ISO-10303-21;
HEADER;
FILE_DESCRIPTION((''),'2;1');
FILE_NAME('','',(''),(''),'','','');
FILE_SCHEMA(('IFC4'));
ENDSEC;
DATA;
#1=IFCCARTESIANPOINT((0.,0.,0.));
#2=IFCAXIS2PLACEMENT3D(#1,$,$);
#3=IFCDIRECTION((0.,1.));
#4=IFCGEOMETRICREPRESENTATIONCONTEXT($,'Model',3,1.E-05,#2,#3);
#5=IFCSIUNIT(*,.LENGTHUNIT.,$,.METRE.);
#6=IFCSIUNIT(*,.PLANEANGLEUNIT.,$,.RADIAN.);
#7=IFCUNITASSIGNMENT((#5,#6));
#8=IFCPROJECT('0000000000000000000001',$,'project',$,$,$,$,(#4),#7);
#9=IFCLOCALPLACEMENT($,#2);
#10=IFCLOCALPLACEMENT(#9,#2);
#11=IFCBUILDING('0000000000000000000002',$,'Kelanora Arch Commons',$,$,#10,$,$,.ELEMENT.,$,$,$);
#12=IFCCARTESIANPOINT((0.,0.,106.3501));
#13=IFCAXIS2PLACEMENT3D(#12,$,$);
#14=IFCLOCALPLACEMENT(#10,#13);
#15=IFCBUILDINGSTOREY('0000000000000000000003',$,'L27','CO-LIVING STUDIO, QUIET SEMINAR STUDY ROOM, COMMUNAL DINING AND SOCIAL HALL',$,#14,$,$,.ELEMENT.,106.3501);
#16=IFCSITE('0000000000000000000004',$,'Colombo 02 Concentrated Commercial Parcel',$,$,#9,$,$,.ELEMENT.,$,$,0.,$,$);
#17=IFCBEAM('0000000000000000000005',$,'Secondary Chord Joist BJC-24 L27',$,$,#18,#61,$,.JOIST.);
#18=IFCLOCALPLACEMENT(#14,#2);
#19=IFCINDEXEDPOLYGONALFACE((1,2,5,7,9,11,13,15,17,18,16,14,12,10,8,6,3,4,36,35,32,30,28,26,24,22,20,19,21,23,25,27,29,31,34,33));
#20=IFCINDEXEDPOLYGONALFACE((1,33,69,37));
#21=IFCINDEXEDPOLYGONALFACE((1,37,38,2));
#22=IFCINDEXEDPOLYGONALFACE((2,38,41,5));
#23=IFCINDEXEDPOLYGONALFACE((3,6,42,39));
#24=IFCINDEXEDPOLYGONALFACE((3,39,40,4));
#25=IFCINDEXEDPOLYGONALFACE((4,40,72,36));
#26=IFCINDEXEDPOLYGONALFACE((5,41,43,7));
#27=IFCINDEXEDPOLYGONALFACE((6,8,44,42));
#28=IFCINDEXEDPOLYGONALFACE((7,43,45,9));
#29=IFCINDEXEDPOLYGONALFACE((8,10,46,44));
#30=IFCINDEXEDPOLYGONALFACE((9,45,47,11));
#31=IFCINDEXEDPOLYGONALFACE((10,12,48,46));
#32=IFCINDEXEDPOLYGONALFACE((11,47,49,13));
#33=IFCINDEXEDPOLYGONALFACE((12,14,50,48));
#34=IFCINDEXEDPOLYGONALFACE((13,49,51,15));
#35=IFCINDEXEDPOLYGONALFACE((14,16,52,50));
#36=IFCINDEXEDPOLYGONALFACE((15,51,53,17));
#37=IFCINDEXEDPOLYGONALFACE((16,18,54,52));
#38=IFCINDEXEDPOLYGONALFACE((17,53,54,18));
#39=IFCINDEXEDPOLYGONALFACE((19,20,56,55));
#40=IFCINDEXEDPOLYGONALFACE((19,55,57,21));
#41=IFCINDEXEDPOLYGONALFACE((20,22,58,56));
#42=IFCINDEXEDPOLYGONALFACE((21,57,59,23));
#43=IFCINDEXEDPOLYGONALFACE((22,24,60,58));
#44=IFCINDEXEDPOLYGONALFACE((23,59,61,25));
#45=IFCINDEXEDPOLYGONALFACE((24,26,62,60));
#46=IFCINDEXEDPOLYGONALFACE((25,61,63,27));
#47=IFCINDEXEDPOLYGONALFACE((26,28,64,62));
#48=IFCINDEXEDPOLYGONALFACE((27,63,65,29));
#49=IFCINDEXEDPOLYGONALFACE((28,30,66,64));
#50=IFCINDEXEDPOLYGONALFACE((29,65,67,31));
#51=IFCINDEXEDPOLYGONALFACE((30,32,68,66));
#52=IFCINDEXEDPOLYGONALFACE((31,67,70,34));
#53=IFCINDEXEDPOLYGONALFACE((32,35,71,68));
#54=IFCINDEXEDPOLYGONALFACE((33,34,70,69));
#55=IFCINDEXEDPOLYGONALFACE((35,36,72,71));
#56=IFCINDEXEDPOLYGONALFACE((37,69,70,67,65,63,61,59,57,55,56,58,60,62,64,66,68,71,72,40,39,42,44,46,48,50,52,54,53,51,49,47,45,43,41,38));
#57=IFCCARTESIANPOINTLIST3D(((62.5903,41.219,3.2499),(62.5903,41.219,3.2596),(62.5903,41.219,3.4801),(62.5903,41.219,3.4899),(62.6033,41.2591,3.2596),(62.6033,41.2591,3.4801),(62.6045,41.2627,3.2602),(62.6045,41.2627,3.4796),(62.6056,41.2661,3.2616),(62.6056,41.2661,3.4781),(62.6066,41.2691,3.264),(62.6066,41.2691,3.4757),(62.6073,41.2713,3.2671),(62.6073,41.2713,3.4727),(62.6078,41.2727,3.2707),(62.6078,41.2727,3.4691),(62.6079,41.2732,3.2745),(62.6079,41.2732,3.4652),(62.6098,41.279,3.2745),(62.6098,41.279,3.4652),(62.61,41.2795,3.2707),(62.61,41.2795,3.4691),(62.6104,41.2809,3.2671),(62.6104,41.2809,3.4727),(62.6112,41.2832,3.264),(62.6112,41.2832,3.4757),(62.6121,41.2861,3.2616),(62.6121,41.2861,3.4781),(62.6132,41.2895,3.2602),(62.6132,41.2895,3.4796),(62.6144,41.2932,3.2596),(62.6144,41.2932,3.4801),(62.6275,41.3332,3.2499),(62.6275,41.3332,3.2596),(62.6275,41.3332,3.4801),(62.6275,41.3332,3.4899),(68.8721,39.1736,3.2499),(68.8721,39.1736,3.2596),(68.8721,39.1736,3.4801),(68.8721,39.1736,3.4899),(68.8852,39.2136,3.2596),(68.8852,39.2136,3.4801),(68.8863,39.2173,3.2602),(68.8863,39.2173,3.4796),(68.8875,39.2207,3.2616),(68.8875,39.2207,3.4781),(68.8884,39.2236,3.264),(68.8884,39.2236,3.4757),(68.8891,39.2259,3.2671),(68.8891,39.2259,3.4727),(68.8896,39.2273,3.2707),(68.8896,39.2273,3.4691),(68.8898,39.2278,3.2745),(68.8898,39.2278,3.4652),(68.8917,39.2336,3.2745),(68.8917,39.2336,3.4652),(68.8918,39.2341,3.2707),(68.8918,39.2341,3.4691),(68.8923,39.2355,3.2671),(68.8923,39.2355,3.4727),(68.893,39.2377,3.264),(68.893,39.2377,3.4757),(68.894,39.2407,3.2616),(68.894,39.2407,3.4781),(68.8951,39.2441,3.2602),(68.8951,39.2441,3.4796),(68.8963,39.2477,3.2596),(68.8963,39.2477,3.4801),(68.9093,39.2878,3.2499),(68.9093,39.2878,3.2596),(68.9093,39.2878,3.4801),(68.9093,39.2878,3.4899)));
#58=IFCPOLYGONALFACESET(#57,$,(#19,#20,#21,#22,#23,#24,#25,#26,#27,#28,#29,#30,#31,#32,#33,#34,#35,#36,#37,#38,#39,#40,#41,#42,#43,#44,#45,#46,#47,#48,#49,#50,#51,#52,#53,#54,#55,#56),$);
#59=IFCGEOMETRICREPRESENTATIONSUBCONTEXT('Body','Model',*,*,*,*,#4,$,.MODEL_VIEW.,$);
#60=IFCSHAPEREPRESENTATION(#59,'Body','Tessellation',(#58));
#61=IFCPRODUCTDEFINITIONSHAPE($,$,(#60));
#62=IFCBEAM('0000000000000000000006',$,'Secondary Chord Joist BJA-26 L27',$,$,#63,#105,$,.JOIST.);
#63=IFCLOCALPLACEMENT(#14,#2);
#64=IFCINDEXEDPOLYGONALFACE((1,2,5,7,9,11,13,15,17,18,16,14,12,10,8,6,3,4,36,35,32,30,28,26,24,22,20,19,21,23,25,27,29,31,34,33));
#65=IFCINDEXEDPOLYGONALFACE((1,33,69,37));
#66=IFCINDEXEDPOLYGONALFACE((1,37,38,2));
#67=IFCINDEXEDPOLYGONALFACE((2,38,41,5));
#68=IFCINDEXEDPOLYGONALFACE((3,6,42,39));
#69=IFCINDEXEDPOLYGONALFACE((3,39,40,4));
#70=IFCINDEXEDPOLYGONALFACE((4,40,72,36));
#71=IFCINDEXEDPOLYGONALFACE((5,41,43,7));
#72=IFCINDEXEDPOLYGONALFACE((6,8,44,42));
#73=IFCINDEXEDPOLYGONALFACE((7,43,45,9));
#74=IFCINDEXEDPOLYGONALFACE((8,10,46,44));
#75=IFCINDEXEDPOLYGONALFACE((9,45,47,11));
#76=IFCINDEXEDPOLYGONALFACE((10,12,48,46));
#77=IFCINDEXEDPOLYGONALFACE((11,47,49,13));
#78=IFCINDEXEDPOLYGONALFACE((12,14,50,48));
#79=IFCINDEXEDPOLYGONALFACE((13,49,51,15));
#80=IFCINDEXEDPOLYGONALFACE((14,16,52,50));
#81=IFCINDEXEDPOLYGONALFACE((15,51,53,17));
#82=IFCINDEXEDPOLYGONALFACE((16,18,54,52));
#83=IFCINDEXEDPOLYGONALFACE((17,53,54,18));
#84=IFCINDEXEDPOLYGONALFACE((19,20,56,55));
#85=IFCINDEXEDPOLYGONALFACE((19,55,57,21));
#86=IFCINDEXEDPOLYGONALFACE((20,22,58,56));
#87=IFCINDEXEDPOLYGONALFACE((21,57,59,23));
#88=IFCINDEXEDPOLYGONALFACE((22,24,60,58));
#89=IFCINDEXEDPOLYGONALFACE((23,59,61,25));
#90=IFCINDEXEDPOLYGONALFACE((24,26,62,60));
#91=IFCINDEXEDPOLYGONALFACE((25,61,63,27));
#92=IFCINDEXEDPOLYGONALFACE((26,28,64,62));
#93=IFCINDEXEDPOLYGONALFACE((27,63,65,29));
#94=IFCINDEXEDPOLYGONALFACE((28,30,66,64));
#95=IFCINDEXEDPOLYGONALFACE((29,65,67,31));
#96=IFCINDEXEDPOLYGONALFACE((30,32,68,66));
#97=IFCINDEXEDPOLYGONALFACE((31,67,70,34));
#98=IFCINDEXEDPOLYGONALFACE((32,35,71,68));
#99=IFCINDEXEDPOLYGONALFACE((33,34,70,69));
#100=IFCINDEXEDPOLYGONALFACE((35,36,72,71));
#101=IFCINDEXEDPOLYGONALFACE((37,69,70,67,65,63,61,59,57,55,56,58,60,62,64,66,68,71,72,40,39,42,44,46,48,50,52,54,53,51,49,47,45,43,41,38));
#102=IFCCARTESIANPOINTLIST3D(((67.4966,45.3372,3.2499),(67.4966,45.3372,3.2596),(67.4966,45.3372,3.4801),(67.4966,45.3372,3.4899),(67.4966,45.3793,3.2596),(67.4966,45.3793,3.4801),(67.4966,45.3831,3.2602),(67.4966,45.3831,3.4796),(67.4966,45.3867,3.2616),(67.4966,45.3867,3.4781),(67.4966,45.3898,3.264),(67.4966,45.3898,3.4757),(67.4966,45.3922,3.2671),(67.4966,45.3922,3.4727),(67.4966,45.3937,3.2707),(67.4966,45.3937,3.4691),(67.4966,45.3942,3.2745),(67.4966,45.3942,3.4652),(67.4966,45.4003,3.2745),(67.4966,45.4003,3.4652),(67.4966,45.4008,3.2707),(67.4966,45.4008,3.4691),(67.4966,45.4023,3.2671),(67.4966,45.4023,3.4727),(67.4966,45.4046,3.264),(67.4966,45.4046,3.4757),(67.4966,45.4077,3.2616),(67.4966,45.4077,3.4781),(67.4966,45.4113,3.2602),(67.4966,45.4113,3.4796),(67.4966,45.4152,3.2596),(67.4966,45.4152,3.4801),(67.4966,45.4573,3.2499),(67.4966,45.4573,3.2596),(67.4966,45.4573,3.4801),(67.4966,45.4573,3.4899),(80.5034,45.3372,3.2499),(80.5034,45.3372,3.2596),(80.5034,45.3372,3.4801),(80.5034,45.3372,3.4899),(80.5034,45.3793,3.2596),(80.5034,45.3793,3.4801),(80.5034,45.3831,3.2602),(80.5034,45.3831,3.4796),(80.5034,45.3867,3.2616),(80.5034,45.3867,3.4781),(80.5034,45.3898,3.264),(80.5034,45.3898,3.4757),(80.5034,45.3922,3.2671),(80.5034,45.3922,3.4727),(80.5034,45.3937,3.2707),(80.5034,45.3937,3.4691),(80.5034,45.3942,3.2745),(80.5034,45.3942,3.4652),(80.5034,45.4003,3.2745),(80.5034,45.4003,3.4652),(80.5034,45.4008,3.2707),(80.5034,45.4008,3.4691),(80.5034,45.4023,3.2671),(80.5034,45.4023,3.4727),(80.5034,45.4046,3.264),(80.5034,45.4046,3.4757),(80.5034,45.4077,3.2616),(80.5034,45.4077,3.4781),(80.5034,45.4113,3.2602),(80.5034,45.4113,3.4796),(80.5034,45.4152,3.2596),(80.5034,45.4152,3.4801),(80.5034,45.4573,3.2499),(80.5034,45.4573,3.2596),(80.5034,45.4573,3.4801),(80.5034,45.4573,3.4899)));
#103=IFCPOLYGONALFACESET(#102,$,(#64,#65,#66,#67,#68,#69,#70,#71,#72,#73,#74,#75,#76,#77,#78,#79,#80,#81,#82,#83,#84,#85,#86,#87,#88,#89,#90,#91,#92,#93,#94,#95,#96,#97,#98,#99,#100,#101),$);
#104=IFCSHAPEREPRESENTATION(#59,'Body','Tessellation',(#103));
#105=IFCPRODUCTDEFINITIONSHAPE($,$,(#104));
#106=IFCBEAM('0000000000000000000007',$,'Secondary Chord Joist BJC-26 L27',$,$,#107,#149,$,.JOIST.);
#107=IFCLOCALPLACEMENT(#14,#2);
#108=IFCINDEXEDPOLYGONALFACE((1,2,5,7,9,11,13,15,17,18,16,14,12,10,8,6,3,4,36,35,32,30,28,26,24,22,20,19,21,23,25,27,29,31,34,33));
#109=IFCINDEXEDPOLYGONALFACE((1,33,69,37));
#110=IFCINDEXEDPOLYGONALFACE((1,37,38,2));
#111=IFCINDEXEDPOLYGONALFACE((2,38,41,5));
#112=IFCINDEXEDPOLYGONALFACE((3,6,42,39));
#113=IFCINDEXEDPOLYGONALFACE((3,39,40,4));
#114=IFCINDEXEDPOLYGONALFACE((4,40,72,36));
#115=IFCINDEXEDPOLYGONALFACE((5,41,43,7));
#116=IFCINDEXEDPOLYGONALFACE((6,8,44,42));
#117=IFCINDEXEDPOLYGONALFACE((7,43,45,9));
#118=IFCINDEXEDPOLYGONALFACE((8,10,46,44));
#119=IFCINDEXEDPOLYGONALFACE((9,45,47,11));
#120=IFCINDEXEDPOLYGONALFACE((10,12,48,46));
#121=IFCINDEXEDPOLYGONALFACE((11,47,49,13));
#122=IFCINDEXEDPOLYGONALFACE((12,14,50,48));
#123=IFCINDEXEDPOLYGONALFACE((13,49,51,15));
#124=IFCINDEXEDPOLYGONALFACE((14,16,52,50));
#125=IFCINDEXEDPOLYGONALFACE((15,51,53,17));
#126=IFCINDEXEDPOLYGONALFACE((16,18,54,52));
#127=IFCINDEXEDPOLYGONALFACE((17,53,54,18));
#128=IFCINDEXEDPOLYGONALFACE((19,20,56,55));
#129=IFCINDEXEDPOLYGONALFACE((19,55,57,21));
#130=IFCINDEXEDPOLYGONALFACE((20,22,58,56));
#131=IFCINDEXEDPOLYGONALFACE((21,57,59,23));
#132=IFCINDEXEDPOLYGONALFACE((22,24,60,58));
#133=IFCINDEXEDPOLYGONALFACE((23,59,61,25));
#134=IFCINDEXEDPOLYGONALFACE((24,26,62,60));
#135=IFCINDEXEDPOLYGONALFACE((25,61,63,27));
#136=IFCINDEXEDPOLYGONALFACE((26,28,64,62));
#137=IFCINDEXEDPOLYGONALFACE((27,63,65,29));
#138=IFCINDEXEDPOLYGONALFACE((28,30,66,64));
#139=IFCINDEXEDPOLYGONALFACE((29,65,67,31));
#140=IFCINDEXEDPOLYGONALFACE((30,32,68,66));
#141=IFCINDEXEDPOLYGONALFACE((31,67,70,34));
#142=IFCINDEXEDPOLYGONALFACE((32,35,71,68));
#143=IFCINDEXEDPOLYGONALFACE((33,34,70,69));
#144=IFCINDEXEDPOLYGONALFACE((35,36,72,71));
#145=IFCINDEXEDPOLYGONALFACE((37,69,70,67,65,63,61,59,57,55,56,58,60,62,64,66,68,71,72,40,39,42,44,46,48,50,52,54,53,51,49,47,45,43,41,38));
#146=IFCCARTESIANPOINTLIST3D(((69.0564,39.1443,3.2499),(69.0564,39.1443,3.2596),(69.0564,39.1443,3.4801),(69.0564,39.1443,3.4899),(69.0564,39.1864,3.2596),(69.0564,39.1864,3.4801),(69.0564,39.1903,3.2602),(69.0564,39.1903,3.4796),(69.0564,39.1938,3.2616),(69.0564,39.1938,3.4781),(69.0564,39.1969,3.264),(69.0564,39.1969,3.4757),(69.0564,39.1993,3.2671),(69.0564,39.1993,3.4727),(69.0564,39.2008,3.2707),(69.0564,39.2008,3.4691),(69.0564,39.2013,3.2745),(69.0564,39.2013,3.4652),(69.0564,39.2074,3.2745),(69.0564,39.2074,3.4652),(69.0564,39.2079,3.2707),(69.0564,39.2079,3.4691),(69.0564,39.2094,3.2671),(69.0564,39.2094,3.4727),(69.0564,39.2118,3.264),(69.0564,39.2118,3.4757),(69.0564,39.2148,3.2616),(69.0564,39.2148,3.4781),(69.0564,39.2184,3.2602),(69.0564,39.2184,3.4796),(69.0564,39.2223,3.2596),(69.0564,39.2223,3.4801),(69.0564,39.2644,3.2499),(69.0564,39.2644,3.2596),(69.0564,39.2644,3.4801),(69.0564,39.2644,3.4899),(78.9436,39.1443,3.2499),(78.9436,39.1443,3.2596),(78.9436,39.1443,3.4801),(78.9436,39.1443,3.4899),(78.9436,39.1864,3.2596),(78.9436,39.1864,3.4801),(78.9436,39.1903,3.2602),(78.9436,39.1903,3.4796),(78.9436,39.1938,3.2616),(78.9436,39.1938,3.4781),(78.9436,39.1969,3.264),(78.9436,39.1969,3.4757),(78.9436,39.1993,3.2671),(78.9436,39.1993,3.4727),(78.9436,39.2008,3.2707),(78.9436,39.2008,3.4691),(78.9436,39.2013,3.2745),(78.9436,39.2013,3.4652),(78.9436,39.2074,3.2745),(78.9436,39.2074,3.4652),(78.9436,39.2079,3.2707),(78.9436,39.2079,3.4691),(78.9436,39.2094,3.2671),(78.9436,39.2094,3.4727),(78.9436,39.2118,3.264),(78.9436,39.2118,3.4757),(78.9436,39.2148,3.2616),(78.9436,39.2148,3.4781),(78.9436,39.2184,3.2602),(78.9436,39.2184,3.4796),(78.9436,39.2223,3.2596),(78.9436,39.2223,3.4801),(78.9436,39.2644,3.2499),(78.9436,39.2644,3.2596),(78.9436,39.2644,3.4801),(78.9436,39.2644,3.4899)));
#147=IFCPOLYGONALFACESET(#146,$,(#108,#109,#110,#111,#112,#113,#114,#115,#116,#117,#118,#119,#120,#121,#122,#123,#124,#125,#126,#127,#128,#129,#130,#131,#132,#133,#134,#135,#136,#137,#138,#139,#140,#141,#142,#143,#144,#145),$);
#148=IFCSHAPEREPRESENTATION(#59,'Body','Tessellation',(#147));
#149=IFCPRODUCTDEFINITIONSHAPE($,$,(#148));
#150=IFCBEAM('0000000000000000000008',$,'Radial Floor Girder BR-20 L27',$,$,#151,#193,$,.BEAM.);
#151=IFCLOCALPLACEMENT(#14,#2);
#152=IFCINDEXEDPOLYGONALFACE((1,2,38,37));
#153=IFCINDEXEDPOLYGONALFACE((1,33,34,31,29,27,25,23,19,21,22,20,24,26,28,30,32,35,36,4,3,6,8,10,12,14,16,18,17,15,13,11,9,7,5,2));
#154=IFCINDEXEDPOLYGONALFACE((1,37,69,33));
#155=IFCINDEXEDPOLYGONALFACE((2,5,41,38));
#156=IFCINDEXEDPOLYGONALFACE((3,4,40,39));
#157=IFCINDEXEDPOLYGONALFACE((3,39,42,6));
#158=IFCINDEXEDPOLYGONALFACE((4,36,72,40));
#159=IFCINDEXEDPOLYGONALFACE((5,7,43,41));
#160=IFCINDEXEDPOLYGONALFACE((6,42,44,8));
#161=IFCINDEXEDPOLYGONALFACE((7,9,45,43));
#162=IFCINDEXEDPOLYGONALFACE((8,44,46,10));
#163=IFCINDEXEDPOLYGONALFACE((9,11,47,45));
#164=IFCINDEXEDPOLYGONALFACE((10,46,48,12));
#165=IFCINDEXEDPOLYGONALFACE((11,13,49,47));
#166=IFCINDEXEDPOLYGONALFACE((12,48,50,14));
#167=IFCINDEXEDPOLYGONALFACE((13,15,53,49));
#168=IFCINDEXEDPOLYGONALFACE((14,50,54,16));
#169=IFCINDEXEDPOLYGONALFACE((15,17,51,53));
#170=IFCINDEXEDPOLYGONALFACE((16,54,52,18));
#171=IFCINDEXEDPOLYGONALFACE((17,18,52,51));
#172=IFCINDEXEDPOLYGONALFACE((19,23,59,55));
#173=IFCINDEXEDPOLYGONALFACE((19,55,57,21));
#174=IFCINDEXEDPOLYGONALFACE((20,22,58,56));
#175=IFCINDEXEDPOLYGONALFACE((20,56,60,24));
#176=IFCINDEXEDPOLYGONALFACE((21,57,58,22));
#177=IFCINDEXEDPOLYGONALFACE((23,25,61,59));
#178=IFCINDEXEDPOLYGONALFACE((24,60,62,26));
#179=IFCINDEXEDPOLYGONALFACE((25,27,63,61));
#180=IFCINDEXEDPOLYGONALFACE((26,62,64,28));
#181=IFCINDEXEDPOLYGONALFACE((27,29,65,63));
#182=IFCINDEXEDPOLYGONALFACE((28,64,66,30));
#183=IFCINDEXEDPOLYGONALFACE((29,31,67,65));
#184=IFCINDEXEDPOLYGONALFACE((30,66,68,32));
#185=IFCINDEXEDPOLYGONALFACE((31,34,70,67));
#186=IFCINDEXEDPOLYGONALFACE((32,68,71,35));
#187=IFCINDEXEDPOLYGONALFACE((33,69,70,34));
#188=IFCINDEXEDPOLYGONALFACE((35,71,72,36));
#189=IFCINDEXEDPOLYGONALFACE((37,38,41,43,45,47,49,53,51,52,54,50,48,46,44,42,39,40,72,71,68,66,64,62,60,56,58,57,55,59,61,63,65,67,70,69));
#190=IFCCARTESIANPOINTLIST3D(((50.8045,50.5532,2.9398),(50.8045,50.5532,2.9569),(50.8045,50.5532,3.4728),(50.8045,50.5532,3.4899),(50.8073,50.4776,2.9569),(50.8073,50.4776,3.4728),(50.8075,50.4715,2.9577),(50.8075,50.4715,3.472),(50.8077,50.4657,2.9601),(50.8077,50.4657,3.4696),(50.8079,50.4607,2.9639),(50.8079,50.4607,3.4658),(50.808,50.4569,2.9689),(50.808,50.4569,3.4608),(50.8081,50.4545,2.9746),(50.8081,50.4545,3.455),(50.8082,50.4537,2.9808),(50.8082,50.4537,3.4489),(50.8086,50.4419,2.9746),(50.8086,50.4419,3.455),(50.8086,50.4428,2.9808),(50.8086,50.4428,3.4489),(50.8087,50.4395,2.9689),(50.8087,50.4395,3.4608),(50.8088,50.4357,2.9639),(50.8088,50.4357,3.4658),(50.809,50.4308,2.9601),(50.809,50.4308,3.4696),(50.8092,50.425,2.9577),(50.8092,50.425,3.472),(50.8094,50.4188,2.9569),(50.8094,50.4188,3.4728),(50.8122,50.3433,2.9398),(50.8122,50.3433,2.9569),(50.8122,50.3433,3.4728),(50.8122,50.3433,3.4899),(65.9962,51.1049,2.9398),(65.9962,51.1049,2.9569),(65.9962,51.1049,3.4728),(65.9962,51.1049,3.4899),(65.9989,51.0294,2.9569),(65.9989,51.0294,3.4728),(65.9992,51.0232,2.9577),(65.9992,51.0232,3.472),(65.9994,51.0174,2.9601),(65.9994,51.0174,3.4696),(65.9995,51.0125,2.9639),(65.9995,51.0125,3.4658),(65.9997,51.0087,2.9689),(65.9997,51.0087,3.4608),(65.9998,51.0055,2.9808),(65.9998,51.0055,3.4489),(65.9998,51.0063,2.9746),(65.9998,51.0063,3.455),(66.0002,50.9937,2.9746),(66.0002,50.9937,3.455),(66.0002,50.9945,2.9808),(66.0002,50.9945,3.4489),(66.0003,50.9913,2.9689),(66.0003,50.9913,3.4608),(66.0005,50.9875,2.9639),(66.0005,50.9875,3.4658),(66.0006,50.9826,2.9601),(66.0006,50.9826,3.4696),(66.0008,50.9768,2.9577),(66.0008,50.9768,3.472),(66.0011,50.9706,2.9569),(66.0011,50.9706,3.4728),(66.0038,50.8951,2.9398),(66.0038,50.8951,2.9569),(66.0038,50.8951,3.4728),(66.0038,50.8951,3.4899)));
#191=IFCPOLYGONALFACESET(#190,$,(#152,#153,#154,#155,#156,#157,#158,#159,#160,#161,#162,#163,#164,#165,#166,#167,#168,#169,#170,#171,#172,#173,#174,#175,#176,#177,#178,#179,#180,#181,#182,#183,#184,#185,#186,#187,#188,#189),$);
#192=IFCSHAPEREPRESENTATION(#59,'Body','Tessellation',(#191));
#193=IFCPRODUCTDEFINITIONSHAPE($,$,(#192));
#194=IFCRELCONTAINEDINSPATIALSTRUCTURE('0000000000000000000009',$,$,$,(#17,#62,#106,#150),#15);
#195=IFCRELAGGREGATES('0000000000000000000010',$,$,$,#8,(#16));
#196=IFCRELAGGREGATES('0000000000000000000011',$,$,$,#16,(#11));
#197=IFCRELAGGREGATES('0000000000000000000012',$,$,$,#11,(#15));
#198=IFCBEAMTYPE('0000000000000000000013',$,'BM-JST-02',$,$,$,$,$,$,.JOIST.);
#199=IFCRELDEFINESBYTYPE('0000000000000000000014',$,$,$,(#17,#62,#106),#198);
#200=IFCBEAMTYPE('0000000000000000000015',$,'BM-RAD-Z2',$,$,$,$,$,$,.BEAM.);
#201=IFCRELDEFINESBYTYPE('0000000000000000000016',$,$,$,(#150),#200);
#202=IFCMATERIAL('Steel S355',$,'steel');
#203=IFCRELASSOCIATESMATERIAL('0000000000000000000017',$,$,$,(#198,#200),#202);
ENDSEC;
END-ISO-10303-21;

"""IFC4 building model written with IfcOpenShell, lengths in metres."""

from ifc_helpers import new_model, si_unit, direction, frame, origin, origin_2d, place, context, subcontext, project, spatial, i_section, extrude, material, material_profile, profile_set, type_object, element, save


model = new_model("IFC4")

# Units and contexts
model_context = context("Model", 3, precision=1e-05, world=origin(), true_north=direction((0.0, 1.0)))
body_context = subcontext(model_context, "Body", "Model", "MODEL_VIEW")
ifc_project = project(units=[si_unit("LENGTHUNIT", "METRE"), si_unit("PLANEANGLEUNIT", "RADIAN")], contexts=[model_context])

# Site, building, storey
site_placement = place(None, origin())
site = spatial("IfcSite", under=ifc_project, at=site_placement, Name="Colombo 02 Concentrated Commercial Parcel", CompositionType="ELEMENT", RefElevation=0.0)
building_placement = place(site_placement, origin())
building = spatial("IfcBuilding", under=site, at=building_placement, Name="Kelanora Arch Commons", CompositionType="ELEMENT")
storey_placement = place(building_placement, frame((0.0, 0.0, 106.3501)))
storey = spatial("IfcBuildingStorey", under=building, at=storey_placement, Name="L27", Description="CO-LIVING STUDIO, QUIET SEMINAR STUDY ROOM, COMMUNAL DINING AND SOCIAL HALL", CompositionType="ELEMENT", Elevation=106.3501)

# Beams
ifc_material_1 = material(Name="Steel S355", Category="steel")
ifc_material_profile_1 = material_profile(ifc_material_1, i_section(OverallWidth=0.1201, OverallDepth=0.24, WebThickness=0.0061, FlangeThickness=0.0098, FilletRadius=0.0149, at=origin_2d()), Name="IPE240")
ifc_profile_set_1 = profile_set([ifc_material_profile_1], Name="Steel S355")
beam_type_1 = type_object("IfcBeamType", Name="BM-JST-02", PredefinedType="JOIST", material=ifc_profile_set_1)
beam_1_placement = place(storey_placement, frame((62.6089, 41.2761, 3.3699), z_axis=(0.950863, -0.309612, 0.0), x_axis=(0.309612, 0.950863, 0.0)))
element("IfcBeam", 1, at=beam_1_placement, inside=storey, type_object=beam_type_1, Name="Secondary Chord Joist BJC-24 L27", PredefinedType="JOIST", context=body_context, shape_type="SweptSolid", body=[
    extrude(i_section(OverallWidth=0.1201, OverallDepth=0.24, WebThickness=0.0061, FlangeThickness=0.0098, FilletRadius=0.0149, at=origin_2d()), origin(), (0.0, 0.0, 1.0), 6.6064),
])
beam_2_placement = place(storey_placement, frame((67.4966, 45.3972, 3.3699), z_axis=(1.0, 0.0, 0.0), x_axis=(0.0, 1.0, 0.0)))
element("IfcBeam", 2, at=beam_2_placement, inside=storey, type_object=beam_type_1, Name="Secondary Chord Joist BJA-26 L27", PredefinedType="JOIST", context=body_context, shape_type="SweptSolid", body=[
    extrude(i_section(OverallWidth=0.1201, OverallDepth=0.24, WebThickness=0.0061, FlangeThickness=0.0098, FilletRadius=0.0149, at=origin_2d()), origin(), (0.0, 0.0, 1.0), 13.0068),
])
beam_3_placement = place(storey_placement, frame((69.0564, 39.2043, 3.3699), z_axis=(1.0, 0.0, 0.0), x_axis=(0.0, 1.0, 0.0)))
element("IfcBeam", 3, at=beam_3_placement, inside=storey, type_object=beam_type_1, Name="Secondary Chord Joist BJC-26 L27", PredefinedType="JOIST", context=body_context, shape_type="SweptSolid", body=[
    extrude(i_section(OverallWidth=0.1201, OverallDepth=0.24, WebThickness=0.0061, FlangeThickness=0.0098, FilletRadius=0.0149, at=origin_2d()), origin(), (0.0, 0.0, 1.0), 9.8872),
])
ifc_material_profile_2 = material_profile(ifc_material_1, i_section(OverallWidth=0.21, OverallDepth=0.55, WebThickness=0.011, FlangeThickness=0.0171, FilletRadius=0.0239, at=origin_2d()), Name="IPE550")
ifc_profile_set_2 = profile_set([ifc_material_profile_2], Name="Steel S355")
beam_type_2 = type_object("IfcBeamType", Name="BM-RAD-Z2", PredefinedType="BEAM", material=ifc_profile_set_2)
beam_4_placement = place(storey_placement, frame((66.0, 51.0, 3.2148), z_axis=(-0.999341, -0.036296, 0.0), x_axis=(0.036296, -0.999341, 0.0)))
element("IfcBeam", 4, at=beam_4_placement, inside=storey, type_object=beam_type_2, Name="Radial Floor Girder BR-20 L27", PredefinedType="BEAM", context=body_context, shape_type="SweptSolid", body=[
    extrude(i_section(OverallWidth=0.21, OverallDepth=0.55, WebThickness=0.011, FlangeThickness=0.0171, FilletRadius=0.0239, at=origin_2d()), origin(), (0.0, 0.0, 1.0), 15.2017),
])

save(model, "model.ifc")
